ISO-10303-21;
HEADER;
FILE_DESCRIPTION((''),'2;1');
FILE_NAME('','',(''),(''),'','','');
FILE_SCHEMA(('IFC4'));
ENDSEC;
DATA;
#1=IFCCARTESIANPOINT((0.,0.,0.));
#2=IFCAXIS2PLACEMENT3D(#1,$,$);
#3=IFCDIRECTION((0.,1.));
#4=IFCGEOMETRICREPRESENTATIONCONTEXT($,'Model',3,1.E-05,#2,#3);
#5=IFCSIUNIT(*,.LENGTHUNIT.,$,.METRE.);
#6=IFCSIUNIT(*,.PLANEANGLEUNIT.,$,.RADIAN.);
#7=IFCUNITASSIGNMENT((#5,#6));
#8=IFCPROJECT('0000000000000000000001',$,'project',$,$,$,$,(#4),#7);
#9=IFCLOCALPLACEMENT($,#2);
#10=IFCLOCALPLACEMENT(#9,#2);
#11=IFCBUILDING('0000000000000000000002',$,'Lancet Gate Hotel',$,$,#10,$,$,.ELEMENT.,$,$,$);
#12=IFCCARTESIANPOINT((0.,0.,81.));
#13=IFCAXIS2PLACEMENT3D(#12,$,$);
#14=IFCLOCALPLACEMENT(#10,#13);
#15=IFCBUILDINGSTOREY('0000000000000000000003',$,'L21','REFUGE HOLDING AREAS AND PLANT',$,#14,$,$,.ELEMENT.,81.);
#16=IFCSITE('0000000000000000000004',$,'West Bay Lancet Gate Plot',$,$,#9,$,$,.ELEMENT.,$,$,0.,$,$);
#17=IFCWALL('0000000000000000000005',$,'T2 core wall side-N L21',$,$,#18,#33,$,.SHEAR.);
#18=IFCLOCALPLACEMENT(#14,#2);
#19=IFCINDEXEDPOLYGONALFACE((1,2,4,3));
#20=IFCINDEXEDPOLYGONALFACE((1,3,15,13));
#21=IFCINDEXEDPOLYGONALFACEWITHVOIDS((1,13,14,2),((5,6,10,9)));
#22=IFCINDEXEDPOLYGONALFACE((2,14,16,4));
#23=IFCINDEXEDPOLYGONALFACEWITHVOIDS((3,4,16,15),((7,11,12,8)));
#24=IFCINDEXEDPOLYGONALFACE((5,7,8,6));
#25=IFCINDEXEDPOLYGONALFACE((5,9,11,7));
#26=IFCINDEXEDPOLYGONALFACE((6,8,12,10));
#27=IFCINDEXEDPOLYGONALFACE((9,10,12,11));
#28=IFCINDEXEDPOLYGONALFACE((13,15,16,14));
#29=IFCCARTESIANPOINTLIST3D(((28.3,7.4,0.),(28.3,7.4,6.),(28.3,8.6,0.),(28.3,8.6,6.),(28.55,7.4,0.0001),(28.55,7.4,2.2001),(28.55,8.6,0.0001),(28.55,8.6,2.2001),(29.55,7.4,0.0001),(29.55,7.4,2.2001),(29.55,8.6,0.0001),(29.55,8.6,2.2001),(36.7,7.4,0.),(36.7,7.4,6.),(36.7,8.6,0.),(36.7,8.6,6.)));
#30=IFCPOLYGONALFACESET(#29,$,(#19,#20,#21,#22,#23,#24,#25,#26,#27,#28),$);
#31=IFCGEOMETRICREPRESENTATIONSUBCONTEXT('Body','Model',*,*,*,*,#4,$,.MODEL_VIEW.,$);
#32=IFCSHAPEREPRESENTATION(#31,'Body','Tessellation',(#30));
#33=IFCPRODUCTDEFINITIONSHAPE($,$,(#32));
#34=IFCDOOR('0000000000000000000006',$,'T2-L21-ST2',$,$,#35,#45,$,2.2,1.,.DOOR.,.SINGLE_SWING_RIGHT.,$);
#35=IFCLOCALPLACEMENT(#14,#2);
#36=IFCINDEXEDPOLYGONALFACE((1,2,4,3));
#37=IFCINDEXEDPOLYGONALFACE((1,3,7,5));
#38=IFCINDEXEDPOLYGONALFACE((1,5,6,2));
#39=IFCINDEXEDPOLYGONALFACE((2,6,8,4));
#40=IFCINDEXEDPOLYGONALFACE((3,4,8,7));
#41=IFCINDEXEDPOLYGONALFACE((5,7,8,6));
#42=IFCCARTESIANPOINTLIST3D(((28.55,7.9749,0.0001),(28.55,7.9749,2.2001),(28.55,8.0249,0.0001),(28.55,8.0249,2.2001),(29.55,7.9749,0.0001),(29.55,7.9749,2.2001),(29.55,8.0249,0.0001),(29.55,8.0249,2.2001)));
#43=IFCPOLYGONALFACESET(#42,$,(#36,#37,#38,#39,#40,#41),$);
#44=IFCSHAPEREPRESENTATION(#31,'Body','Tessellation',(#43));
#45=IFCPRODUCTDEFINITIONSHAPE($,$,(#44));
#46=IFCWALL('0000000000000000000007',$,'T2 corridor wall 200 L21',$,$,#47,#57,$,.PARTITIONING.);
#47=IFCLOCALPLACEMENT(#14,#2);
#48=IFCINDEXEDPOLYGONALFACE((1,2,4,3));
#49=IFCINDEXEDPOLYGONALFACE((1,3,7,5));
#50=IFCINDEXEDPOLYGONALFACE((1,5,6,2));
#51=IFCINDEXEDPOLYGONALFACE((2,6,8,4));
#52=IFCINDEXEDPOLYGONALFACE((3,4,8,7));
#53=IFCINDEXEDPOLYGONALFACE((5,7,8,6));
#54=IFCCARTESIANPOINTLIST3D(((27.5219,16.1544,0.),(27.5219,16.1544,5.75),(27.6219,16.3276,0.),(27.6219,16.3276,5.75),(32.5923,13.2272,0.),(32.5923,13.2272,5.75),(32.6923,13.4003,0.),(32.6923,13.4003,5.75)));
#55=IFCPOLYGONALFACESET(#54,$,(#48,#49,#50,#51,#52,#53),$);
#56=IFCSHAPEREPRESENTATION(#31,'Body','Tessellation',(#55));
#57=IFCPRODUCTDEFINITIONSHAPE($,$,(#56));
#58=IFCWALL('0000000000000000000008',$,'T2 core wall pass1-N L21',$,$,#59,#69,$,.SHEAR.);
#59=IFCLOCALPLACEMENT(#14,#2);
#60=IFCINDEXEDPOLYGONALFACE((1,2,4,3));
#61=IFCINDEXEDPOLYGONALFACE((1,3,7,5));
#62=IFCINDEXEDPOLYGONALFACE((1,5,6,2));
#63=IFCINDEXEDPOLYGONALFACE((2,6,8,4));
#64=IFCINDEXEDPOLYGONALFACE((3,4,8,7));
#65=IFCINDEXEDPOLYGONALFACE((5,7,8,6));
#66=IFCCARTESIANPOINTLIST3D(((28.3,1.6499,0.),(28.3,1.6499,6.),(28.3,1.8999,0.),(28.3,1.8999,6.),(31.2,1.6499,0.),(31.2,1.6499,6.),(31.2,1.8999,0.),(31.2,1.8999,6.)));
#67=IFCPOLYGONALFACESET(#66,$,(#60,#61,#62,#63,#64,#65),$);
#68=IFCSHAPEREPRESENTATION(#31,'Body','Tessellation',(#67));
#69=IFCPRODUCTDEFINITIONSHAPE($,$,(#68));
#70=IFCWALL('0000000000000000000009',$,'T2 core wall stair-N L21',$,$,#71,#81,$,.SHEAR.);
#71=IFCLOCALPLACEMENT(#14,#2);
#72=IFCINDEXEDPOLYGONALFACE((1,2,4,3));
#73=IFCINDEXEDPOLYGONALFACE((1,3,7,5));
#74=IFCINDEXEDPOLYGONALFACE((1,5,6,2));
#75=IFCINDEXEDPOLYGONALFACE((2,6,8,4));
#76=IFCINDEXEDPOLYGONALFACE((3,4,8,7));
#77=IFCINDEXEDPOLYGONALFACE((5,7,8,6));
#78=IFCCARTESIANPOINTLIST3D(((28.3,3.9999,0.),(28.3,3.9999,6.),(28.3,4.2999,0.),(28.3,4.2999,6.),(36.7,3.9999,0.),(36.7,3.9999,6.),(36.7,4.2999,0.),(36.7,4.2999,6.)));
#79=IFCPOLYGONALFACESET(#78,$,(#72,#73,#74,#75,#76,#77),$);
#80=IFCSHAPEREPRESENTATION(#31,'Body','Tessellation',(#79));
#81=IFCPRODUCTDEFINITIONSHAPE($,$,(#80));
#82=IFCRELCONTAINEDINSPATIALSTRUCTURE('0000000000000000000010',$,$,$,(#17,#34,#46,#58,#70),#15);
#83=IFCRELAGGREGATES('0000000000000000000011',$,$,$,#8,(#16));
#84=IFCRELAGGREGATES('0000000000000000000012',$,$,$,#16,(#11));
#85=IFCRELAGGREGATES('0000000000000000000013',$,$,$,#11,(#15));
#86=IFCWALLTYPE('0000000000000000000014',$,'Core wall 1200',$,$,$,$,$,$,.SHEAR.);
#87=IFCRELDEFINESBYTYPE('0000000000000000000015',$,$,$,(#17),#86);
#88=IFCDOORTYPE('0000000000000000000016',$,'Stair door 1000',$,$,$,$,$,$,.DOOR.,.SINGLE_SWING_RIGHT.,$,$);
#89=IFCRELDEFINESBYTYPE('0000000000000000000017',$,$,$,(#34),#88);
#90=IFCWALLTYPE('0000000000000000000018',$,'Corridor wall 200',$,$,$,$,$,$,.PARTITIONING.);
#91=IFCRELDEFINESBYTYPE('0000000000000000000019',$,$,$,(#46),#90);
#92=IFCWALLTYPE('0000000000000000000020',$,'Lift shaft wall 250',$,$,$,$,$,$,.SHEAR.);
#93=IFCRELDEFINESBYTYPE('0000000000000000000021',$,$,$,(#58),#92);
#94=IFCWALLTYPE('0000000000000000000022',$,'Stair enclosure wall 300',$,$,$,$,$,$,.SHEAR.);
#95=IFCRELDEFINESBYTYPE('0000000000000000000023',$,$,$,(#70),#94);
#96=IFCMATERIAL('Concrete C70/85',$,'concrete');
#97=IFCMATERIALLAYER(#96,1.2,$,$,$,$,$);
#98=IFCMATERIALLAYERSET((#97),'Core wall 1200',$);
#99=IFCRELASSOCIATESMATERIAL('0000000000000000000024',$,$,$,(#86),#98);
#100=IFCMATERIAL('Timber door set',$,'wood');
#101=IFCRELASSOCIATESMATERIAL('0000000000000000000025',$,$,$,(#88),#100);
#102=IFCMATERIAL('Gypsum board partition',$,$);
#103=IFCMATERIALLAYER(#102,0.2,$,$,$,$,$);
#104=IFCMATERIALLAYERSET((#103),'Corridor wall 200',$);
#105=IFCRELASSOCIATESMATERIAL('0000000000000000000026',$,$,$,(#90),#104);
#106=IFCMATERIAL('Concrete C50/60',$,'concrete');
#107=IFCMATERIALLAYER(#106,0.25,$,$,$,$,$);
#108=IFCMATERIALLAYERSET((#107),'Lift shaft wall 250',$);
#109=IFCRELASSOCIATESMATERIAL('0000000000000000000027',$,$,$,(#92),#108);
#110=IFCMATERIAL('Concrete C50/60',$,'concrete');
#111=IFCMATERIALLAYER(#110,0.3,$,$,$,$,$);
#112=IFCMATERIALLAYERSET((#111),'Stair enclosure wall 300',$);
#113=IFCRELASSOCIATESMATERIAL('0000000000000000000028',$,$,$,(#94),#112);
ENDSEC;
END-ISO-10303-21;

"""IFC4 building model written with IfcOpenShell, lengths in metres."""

from ifc_helpers import new_model, si_unit, direction, frame, frame_2d, origin, place, context, subcontext, project, spatial, rectangle, extrude, material, layer, layer_set, type_object, element, fill, save


model = new_model("IFC4")

# Units and contexts
model_context = context("Model", 3, precision=1e-05, world=origin(), true_north=direction((0.0, 1.0)))
body_context = subcontext(model_context, "Body", "Model", "MODEL_VIEW")
ifc_project = project(units=[si_unit("LENGTHUNIT", "METRE"), si_unit("PLANEANGLEUNIT", "RADIAN")], contexts=[model_context])

# Site, building, storey
site_placement = place(None, origin())
site = spatial("IfcSite", under=ifc_project, at=site_placement, Name="West Bay Lancet Gate Plot", CompositionType="ELEMENT", RefElevation=0.0)
building_placement = place(site_placement, origin())
building = spatial("IfcBuilding", under=site, at=building_placement, Name="Lancet Gate Hotel", CompositionType="ELEMENT")
storey_placement = place(building_placement, frame((0.0, 0.0, 81.0)))
storey = spatial("IfcBuildingStorey", under=building, at=storey_placement, Name="L21", Description="REFUGE HOLDING AREAS AND PLANT", CompositionType="ELEMENT", Elevation=81.0)

# Wall, opening, door
ifc_material_1 = material(Name="Concrete C70/85", Category="concrete")
ifc_layer_1 = layer(ifc_material_1, 1.2)
ifc_layer_set_1 = layer_set([ifc_layer_1], Name="Core wall 1200")
wall_type_1 = type_object("IfcWallType", Name="Core wall 1200", PredefinedType="SHEAR", material=ifc_layer_set_1)
wall_1_placement = place(storey_placement, frame((28.3, 8.0, 0.0), z_axis=(0.0, 0.0, 1.0), x_axis=(1.0, 0.0, 0.0)))
wall_1 = element("IfcWall", 1, at=wall_1_placement, inside=storey, type_object=wall_type_1, Name="T2 core wall side-N L21", PredefinedType="SHEAR", context=body_context, shape_type="SweptSolid", body=[
    extrude(rectangle(XDim=8.3999, YDim=1.2, at=frame_2d((4.2, 0.0))), origin(), (0.0, 0.0, 1.0), 6.0),
])
opening_1_placement = place(wall_1_placement, frame((0.25, 0.0, 0.0)))
opening_1 = element("IfcOpeningElement", 2, at=opening_1_placement, cuts=wall_1, PredefinedType="OPENING", context=body_context, shape_type="SweptSolid", body=[
    extrude(rectangle(XDim=1.0, YDim=2.2, at=frame_2d((0.5, 1.1001))), frame((0.0, 0.6099, 0.0), z_axis=(0.0, -1.0, 0.0), x_axis=(1.0, 0.0, 0.0)), (0.0, 0.0, 1.0), 1.22),
])
ifc_material_2 = material(Name="Timber door set", Category="wood")
door_type_1 = type_object("IfcDoorType", Name="Stair door 1000", OperationType="SINGLE_SWING_RIGHT", PredefinedType="DOOR", material=ifc_material_2)
door_1_placement = place(opening_1_placement, origin())
door_1 = element("IfcDoor", 3, at=door_1_placement, inside=storey, type_object=door_type_1, Name="T2-L21-ST2", OperationType="SINGLE_SWING_RIGHT", OverallHeight=2.2, OverallWidth=1.0, PredefinedType="DOOR", context=body_context, shape_type="SweptSolid", body=[
    extrude(rectangle(XDim=1.0, YDim=2.2, at=frame_2d((0.5, 1.1001))), frame((0.0, 0.0249, 0.0), z_axis=(0.0, -1.0, 0.0), x_axis=(1.0, 0.0, 0.0)), (0.0, 0.0, 1.0), 0.05),
])
fill(opening_1, door_1)

# Walls
ifc_material_3 = material(Name="Gypsum board partition")
ifc_layer_2 = layer(ifc_material_3, 0.2)
ifc_layer_set_2 = layer_set([ifc_layer_2], Name="Corridor wall 200")
wall_type_2 = type_object("IfcWallType", Name="Corridor wall 200", PredefinedType="PARTITIONING", material=ifc_layer_set_2)
wall_2_placement = place(storey_placement, frame((27.572, 16.241, 0.0), z_axis=(0.0, 0.0, 1.0), x_axis=(0.866033, -0.499987, 0.0)))
element("IfcWall", 4, at=wall_2_placement, inside=storey, type_object=wall_type_2, Name="T2 corridor wall 200 L21", PredefinedType="PARTITIONING", context=body_context, shape_type="SweptSolid", body=[
    extrude(rectangle(XDim=5.8547, YDim=0.2, at=frame_2d((2.9272, 0.0))), origin(), (0.0, 0.0, 1.0), 5.75),
])
ifc_material_4 = material(Name="Concrete C50/60", Category="concrete")
ifc_layer_3 = layer(ifc_material_4, 0.25)
ifc_layer_set_3 = layer_set([ifc_layer_3], Name="Lift shaft wall 250")
wall_type_3 = type_object("IfcWallType", Name="Lift shaft wall 250", PredefinedType="SHEAR", material=ifc_layer_set_3)
wall_3_placement = place(storey_placement, frame((28.3, 1.7749, 0.0), z_axis=(0.0, 0.0, 1.0), x_axis=(1.0, 0.0, 0.0)))
element("IfcWall", 5, at=wall_3_placement, inside=storey, type_object=wall_type_3, Name="T2 core wall pass1-N L21", PredefinedType="SHEAR", context=body_context, shape_type="SweptSolid", body=[
    extrude(rectangle(XDim=2.8999, YDim=0.25, at=frame_2d((1.45, 0.0))), origin(), (0.0, 0.0, 1.0), 6.0),
])
ifc_material_5 = material(Name="Concrete C50/60", Category="concrete")
ifc_layer_4 = layer(ifc_material_5, 0.3)
ifc_layer_set_4 = layer_set([ifc_layer_4], Name="Stair enclosure wall 300")
wall_type_4 = type_object("IfcWallType", Name="Stair enclosure wall 300", PredefinedType="SHEAR", material=ifc_layer_set_4)
wall_4_placement = place(storey_placement, frame((28.3, 4.1499, 0.0), z_axis=(0.0, 0.0, 1.0), x_axis=(1.0, 0.0, 0.0)))
element("IfcWall", 6, at=wall_4_placement, inside=storey, type_object=wall_type_4, Name="T2 core wall stair-N L21", PredefinedType="SHEAR", context=body_context, shape_type="SweptSolid", body=[
    extrude(rectangle(XDim=8.3999, YDim=0.3, at=frame_2d((4.2, 0.0))), origin(), (0.0, 0.0, 1.0), 6.0),
])

save(model, "model.ifc")
